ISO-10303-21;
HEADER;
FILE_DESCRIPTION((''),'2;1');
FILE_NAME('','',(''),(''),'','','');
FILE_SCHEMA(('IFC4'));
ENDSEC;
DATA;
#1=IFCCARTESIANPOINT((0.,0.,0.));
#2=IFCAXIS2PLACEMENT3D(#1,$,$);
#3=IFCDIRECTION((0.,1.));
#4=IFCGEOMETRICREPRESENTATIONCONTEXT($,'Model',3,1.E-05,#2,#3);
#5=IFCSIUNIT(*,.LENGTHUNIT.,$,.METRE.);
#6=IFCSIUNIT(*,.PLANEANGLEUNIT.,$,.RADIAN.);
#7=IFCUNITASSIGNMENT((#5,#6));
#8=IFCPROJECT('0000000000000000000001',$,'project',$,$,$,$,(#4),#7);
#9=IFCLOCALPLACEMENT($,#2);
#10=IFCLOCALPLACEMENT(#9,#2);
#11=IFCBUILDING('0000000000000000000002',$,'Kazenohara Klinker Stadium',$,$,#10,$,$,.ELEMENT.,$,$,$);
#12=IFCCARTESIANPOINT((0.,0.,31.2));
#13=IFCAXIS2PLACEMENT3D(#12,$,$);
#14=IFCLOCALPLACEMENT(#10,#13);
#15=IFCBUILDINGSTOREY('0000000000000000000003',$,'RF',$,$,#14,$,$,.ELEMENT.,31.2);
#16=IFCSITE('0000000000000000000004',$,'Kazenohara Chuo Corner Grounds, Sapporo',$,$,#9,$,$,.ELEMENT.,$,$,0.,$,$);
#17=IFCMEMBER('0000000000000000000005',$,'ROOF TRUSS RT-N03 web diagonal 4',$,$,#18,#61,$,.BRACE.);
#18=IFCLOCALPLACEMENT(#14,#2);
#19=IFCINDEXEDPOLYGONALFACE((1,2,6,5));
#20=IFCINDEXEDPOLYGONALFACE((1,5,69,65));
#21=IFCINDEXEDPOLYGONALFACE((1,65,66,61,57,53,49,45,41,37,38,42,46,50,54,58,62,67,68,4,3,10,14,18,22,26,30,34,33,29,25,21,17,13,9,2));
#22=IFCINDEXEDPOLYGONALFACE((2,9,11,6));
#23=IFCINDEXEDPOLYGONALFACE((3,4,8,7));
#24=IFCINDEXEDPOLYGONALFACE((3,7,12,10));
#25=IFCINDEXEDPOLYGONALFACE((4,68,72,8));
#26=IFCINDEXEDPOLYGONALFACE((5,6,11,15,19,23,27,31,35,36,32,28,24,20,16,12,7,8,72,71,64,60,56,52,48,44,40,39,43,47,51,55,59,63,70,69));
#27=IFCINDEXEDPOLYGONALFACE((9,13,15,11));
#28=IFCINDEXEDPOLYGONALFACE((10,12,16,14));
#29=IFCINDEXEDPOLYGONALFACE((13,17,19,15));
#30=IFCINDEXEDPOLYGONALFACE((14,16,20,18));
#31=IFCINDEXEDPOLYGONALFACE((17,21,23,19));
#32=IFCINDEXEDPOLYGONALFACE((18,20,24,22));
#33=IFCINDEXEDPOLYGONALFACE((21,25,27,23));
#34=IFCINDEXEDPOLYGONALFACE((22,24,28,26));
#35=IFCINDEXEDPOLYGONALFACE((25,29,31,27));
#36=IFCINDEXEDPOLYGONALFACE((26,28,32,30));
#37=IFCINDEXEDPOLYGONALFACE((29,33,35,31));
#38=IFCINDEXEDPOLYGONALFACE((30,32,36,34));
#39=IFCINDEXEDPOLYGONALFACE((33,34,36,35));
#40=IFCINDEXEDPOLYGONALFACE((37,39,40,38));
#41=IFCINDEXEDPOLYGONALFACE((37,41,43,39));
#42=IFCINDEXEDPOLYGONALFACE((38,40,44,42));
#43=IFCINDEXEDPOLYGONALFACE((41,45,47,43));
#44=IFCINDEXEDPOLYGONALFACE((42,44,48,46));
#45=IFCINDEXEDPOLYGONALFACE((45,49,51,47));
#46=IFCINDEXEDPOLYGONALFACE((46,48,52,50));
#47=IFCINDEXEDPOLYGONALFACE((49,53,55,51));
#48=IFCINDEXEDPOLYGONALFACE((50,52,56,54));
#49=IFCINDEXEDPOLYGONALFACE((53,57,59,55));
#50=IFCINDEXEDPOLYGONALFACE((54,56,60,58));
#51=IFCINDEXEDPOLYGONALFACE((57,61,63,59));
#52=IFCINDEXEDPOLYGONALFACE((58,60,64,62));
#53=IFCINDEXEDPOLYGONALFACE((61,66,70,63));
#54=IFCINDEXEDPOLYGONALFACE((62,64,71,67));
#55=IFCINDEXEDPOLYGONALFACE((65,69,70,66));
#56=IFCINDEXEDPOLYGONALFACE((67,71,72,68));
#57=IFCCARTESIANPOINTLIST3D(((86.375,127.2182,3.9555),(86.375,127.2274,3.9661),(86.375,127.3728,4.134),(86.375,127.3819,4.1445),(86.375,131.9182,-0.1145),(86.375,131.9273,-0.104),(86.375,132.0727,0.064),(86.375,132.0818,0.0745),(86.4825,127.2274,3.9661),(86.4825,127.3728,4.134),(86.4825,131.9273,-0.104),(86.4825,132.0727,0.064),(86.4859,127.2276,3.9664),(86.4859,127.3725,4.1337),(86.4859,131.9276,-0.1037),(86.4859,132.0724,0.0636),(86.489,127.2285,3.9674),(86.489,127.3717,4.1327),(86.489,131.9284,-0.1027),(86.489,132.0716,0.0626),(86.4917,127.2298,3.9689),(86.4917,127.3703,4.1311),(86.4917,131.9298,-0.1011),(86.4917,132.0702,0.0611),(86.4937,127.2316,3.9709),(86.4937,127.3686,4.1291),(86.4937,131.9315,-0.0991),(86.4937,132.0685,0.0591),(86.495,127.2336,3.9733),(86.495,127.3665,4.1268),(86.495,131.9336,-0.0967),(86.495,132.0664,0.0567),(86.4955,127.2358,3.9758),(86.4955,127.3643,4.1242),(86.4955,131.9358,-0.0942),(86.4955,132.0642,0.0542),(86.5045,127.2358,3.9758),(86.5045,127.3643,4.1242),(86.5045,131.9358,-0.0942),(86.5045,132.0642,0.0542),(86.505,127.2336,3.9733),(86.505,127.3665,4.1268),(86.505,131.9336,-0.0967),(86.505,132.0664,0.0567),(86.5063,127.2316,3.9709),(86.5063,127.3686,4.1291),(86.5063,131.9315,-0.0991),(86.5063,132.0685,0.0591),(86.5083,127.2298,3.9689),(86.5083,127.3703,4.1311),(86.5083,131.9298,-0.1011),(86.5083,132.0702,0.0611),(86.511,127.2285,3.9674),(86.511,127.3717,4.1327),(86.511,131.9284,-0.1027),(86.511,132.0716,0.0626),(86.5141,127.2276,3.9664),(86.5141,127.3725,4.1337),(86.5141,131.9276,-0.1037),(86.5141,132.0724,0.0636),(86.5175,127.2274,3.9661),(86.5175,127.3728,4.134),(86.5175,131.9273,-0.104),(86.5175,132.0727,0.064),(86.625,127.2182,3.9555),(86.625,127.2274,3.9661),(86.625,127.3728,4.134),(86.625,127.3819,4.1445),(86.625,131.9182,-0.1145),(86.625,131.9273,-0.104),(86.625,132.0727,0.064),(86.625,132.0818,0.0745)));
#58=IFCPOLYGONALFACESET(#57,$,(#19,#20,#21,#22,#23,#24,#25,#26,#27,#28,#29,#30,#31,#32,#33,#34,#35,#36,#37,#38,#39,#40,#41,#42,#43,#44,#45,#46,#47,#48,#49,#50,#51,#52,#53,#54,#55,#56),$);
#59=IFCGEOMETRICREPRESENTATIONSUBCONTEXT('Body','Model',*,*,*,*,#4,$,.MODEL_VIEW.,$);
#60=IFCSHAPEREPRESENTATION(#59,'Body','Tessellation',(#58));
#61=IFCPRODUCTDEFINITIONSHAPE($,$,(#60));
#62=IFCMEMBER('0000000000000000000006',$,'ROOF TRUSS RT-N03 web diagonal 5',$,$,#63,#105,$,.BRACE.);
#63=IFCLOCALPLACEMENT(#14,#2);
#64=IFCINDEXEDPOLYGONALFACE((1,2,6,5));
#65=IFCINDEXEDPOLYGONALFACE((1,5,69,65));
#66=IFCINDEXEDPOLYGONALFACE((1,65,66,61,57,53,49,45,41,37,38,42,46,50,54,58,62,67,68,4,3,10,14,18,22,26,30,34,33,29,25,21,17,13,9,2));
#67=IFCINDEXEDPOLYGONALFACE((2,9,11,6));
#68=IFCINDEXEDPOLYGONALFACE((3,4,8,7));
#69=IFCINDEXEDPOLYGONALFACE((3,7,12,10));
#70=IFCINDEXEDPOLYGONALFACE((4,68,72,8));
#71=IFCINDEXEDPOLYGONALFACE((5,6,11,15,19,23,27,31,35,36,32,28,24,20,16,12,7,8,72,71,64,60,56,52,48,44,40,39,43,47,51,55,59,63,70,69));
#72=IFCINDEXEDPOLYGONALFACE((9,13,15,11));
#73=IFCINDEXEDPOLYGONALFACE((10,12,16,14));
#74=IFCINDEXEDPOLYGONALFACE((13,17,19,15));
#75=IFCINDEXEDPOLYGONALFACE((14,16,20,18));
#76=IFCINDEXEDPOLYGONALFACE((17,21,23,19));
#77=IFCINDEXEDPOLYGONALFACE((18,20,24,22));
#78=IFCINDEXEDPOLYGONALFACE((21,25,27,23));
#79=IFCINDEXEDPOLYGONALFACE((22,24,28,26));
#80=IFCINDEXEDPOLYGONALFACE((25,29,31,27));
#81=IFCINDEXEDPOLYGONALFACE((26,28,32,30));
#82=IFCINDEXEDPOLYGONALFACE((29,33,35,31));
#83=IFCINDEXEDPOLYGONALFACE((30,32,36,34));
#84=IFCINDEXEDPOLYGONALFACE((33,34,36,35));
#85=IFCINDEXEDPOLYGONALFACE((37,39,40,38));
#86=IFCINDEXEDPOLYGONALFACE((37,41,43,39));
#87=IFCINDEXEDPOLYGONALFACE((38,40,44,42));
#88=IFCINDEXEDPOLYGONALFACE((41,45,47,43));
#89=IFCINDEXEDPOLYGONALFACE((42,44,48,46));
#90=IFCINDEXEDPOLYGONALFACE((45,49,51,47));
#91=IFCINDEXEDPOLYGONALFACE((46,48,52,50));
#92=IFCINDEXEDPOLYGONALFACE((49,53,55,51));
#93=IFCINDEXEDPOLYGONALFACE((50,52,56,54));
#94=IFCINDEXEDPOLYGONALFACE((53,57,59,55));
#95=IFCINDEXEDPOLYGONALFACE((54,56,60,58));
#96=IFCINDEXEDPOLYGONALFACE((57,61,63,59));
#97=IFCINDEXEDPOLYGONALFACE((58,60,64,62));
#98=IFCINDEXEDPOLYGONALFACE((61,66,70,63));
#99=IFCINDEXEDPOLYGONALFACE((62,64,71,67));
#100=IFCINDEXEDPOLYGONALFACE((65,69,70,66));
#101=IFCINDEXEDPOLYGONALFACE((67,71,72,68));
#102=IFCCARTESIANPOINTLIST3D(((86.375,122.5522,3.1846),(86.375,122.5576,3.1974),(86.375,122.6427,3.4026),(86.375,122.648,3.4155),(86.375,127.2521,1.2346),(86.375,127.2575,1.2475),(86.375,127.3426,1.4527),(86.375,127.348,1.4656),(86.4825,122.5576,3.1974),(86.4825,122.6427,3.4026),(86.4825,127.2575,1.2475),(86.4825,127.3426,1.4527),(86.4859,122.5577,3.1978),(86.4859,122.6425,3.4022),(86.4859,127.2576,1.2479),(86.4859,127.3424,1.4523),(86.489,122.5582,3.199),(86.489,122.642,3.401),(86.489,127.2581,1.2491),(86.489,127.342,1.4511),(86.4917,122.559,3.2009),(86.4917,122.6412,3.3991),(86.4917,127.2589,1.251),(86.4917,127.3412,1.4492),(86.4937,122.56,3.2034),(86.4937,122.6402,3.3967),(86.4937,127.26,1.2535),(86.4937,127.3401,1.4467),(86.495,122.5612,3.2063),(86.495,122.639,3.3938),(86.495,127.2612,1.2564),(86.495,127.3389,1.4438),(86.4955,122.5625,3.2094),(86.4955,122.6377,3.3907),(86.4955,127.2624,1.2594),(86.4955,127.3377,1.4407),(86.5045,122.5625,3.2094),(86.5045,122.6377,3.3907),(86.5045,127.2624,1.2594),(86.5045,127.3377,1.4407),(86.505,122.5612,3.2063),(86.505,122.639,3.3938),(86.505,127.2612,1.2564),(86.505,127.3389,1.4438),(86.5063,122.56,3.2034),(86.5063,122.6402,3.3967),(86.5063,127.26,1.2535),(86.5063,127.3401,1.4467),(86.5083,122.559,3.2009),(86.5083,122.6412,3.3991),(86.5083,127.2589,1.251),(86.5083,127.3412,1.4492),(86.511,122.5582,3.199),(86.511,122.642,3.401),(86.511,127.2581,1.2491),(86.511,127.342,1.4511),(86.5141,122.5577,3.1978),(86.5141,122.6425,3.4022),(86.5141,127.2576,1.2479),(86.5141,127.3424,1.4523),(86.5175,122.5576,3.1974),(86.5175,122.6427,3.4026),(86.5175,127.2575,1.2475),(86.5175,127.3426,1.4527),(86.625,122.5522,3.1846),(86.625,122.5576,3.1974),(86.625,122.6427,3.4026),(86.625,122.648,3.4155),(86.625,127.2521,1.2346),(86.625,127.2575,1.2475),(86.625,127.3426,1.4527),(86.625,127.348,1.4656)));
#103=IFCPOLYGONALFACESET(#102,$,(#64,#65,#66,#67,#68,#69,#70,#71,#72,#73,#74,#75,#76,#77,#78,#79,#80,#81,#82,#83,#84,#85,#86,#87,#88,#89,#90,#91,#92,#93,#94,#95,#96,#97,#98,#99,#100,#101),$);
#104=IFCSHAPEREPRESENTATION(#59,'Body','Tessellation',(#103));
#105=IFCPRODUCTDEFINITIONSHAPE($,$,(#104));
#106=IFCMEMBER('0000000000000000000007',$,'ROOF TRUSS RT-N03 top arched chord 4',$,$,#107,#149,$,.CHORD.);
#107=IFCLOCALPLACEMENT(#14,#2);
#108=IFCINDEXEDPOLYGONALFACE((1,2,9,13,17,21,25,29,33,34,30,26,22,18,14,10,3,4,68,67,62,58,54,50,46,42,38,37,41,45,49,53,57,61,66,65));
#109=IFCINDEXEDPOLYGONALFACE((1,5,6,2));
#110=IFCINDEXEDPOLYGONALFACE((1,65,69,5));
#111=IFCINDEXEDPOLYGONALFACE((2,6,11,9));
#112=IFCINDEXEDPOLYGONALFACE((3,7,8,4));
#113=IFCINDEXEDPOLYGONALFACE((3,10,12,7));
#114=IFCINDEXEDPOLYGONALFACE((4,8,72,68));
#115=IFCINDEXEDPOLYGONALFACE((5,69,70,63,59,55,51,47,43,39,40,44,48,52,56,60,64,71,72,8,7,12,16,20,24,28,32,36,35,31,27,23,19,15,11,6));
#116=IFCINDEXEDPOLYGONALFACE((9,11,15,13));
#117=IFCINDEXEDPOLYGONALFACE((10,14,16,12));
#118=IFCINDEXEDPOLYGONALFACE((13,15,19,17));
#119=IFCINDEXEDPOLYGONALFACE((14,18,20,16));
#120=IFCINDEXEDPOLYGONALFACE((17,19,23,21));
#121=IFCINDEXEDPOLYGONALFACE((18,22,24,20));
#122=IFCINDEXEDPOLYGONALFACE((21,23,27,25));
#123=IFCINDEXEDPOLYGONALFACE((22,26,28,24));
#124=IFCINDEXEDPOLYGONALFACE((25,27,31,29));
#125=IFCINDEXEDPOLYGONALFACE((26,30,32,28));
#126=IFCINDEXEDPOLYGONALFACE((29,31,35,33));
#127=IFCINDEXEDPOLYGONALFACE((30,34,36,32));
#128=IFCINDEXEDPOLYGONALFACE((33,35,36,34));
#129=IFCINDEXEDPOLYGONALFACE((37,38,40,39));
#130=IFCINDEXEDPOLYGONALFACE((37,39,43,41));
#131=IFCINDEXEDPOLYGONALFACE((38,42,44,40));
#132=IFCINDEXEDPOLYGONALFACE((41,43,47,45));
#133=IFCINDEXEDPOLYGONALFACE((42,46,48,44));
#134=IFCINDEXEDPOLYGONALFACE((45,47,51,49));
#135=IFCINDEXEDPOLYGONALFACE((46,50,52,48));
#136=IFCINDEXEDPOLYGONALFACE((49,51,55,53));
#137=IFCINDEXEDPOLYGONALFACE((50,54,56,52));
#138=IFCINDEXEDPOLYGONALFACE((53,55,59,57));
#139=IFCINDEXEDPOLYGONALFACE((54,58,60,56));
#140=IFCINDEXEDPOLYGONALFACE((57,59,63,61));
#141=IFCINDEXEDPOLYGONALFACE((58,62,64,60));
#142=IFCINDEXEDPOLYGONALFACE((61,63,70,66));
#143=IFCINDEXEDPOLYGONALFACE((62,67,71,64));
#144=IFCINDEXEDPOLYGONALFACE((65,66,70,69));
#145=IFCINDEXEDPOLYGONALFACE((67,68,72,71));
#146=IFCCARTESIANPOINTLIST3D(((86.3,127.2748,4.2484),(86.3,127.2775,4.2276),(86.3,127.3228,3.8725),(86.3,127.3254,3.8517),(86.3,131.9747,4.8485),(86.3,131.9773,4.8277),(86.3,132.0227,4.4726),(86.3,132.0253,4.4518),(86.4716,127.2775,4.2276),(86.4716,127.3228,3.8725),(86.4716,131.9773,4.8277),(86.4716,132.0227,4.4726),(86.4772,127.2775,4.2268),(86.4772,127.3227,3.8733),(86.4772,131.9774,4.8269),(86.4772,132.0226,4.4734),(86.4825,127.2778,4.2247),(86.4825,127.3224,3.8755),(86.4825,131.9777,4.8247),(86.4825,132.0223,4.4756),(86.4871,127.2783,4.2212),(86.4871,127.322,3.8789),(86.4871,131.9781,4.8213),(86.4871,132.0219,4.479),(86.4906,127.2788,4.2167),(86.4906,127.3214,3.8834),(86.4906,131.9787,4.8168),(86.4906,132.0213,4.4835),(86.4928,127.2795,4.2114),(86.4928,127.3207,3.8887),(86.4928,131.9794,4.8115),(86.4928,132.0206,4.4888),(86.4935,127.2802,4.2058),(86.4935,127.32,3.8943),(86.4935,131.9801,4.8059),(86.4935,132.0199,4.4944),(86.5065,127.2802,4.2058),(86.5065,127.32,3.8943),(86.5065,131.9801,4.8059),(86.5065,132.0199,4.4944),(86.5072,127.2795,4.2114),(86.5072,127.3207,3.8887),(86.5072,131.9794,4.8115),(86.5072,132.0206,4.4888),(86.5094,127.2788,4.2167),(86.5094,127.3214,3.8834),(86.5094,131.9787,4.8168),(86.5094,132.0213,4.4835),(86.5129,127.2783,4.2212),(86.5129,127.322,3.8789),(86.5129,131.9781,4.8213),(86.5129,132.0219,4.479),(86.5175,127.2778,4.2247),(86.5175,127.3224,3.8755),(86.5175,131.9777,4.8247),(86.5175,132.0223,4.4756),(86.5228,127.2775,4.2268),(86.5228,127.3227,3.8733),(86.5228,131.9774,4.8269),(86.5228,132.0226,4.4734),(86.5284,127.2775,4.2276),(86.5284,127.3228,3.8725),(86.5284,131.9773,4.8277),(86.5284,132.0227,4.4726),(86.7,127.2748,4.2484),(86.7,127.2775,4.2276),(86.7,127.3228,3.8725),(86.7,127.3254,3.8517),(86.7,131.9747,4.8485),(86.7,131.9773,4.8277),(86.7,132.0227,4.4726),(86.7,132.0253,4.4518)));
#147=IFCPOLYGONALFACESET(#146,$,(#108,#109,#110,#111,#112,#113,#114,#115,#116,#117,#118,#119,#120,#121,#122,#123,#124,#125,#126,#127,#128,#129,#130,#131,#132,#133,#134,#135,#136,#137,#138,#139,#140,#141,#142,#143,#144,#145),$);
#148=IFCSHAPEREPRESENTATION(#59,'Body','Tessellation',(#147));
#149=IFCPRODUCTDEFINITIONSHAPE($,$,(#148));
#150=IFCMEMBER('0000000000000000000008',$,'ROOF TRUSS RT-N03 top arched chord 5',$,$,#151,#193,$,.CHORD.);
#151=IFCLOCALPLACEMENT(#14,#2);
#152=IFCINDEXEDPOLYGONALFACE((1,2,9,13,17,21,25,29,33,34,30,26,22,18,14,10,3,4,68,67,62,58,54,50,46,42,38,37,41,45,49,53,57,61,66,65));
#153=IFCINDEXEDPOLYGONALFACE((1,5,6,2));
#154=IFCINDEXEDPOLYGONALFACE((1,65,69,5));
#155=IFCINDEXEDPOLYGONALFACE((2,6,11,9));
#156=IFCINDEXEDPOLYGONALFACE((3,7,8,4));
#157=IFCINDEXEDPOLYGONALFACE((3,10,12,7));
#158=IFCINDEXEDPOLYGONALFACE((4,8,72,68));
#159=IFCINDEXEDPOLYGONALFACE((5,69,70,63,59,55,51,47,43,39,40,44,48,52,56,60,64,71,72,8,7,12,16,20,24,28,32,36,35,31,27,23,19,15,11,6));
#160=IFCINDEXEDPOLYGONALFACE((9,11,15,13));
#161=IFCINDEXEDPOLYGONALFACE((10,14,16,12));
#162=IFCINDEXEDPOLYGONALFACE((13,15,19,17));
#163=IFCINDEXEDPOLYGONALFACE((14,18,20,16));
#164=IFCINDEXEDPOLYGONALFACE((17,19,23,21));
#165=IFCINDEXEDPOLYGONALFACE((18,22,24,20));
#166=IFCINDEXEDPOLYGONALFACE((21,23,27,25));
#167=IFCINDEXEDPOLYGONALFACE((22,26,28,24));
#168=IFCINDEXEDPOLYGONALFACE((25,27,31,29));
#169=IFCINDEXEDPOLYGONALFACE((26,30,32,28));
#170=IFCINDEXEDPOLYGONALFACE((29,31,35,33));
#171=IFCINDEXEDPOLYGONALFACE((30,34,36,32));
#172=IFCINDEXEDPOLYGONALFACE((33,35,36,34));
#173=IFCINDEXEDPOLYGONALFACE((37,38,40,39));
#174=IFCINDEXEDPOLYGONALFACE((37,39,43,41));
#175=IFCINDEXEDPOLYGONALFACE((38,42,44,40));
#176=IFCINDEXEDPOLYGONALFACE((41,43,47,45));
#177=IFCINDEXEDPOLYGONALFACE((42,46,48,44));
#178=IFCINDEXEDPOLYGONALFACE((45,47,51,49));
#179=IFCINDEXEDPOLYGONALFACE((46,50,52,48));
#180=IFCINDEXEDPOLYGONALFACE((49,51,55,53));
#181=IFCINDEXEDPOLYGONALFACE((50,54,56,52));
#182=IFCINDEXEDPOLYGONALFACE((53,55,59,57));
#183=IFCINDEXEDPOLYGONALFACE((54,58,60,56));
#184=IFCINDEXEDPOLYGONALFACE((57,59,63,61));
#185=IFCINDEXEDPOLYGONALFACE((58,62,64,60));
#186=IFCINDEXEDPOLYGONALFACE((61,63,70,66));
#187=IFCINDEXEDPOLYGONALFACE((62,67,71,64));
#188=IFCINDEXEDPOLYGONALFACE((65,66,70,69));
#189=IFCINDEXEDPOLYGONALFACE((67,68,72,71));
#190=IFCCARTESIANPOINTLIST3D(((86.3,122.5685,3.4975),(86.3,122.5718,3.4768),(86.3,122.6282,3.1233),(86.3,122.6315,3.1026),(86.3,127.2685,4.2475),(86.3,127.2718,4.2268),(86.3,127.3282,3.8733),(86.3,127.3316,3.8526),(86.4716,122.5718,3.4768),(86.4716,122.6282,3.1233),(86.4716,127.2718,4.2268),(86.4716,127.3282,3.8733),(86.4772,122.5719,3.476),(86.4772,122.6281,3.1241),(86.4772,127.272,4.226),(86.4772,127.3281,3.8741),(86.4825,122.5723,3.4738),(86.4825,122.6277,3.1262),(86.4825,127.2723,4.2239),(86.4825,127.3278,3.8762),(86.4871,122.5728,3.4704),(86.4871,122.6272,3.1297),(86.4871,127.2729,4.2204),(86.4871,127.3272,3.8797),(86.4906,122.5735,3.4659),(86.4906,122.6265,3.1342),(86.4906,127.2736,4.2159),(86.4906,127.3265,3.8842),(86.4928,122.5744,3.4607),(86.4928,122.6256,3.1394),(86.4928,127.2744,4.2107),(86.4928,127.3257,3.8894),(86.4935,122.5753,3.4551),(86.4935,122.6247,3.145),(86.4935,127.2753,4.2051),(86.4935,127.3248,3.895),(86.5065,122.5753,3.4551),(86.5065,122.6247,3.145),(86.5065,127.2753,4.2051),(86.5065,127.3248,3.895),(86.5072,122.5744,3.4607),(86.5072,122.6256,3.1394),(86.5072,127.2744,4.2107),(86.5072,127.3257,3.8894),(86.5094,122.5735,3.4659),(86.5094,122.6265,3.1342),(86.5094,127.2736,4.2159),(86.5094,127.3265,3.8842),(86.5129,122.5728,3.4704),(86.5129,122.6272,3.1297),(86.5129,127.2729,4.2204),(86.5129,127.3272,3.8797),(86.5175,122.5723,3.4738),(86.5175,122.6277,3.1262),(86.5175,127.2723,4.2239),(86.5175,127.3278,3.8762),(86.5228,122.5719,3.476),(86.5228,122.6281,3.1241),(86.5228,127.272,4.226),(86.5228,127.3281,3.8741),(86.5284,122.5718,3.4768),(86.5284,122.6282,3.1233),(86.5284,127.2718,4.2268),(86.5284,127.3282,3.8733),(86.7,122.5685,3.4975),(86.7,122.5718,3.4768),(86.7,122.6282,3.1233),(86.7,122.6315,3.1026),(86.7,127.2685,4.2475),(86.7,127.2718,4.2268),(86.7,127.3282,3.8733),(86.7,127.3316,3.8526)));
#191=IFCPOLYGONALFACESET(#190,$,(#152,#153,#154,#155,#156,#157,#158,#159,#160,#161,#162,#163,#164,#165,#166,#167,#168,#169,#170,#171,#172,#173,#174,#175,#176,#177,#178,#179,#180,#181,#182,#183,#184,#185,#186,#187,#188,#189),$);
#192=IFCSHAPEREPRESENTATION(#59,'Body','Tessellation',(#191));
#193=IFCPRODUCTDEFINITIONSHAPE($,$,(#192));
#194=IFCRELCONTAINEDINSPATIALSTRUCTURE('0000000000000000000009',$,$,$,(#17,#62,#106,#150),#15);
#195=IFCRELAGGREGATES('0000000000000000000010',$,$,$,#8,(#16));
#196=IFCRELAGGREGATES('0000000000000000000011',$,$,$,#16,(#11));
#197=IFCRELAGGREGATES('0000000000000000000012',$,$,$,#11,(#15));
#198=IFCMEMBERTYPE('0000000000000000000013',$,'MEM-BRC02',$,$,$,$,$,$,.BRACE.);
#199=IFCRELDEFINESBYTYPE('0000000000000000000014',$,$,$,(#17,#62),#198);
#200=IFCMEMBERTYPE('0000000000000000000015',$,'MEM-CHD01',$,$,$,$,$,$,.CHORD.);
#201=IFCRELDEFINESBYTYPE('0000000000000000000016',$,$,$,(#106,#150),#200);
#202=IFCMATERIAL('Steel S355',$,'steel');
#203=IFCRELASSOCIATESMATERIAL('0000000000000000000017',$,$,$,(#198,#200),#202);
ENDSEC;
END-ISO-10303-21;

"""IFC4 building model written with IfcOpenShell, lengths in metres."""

from ifc_helpers import new_model, si_unit, direction, frame, origin, origin_2d, place, context, subcontext, project, spatial, i_section, extrude, material, material_profile, profile_set, type_object, element, save


model = new_model("IFC4")

# Units and contexts
model_context = context("Model", 3, precision=1e-05, world=origin(), true_north=direction((0.0, 1.0)))
body_context = subcontext(model_context, "Body", "Model", "MODEL_VIEW")
ifc_project = project(units=[si_unit("LENGTHUNIT", "METRE"), si_unit("PLANEANGLEUNIT", "RADIAN")], contexts=[model_context])

# Site, building, storey
site_placement = place(None, origin())
site = spatial("IfcSite", under=ifc_project, at=site_placement, Name="Kazenohara Chuo Corner Grounds, Sapporo", CompositionType="ELEMENT", RefElevation=0.0)
building_placement = place(site_placement, origin())
building = spatial("IfcBuilding", under=site, at=building_placement, Name="Kazenohara Klinker Stadium", CompositionType="ELEMENT")
storey_placement = place(building_placement, frame((0.0, 0.0, 31.2)))
storey = spatial("IfcBuildingStorey", under=building, at=storey_placement, Name="RF", CompositionType="ELEMENT", Elevation=31.2)

# Members
ifc_material_1 = material(Name="Steel S355", Category="steel")
ifc_material_profile_1 = material_profile(ifc_material_1, i_section(OverallWidth=0.25, OverallDepth=0.25, WebThickness=0.009, FlangeThickness=0.0139, FilletRadius=0.0129, at=origin_2d()), Name="H-250x250x9x14")
ifc_profile_set_1 = profile_set([ifc_material_profile_1], Name="Steel S355")
member_type_1 = type_object("IfcMemberType", Name="MEM-BRC02", PredefinedType="BRACE", material=ifc_profile_set_1)
member_1_placement = place(storey_placement, frame((86.5, 132.0, -0.02), z_axis=(0.0, -0.755946, 0.654634), x_axis=(1.0, 0.0, 0.0)))
element("IfcMember", 1, at=member_1_placement, inside=storey, type_object=member_type_1, Name="ROOF TRUSS RT-N03 web diagonal 4", PredefinedType="BRACE", context=body_context, shape_type="SweptSolid", body=[
    extrude(i_section(OverallWidth=0.25, OverallDepth=0.25, WebThickness=0.009, FlangeThickness=0.0139, FilletRadius=0.0129, at=origin_2d()), origin(), (0.0, 0.0, 1.0), 6.2173),
])
member_2_placement = place(storey_placement, frame((86.5, 127.3, 1.3501), z_axis=(0.0, -0.923659, 0.383215), x_axis=(1.0, 0.0, 0.0)))
element("IfcMember", 2, at=member_2_placement, inside=storey, type_object=member_type_1, Name="ROOF TRUSS RT-N03 web diagonal 5", PredefinedType="BRACE", context=body_context, shape_type="SweptSolid", body=[
    extrude(i_section(OverallWidth=0.25, OverallDepth=0.25, WebThickness=0.009, FlangeThickness=0.0139, FilletRadius=0.0129, at=origin_2d()), origin(), (0.0, 0.0, 1.0), 5.0884),
])
ifc_material_profile_2 = material_profile(ifc_material_1, i_section(OverallWidth=0.3999, OverallDepth=0.3999, WebThickness=0.0129, FlangeThickness=0.021, FilletRadius=0.022, at=origin_2d()), Name="H-400x400x13x21")
ifc_profile_set_2 = profile_set([ifc_material_profile_2], Name="Steel S355")
member_type_2 = type_object("IfcMemberType", Name="MEM-CHD01", PredefinedType="CHORD", material=ifc_profile_set_2)
member_3_placement = place(storey_placement, frame((86.5, 132.0, 4.6501), z_axis=(0.0, -0.991947, -0.126653), x_axis=(1.0, 0.0, 0.0)))
element("IfcMember", 3, at=member_3_placement, inside=storey, type_object=member_type_2, Name="ROOF TRUSS RT-N03 top arched chord 4", PredefinedType="CHORD", context=body_context, shape_type="SweptSolid", body=[
    extrude(i_section(OverallWidth=0.3999, OverallDepth=0.3999, WebThickness=0.0129, FlangeThickness=0.021, FilletRadius=0.022, at=origin_2d()), origin(), (0.0, 0.0, 1.0), 4.738),
])
member_4_placement = place(storey_placement, frame((86.5, 127.3, 4.05), z_axis=(0.0, -0.987506, -0.157582), x_axis=(1.0, 0.0, 0.0)))
element("IfcMember", 4, at=member_4_placement, inside=storey, type_object=member_type_2, Name="ROOF TRUSS RT-N03 top arched chord 5", PredefinedType="CHORD", context=body_context, shape_type="SweptSolid", body=[
    extrude(i_section(OverallWidth=0.3999, OverallDepth=0.3999, WebThickness=0.0129, FlangeThickness=0.021, FilletRadius=0.022, at=origin_2d()), origin(), (0.0, 0.0, 1.0), 4.7595),
])

save(model, "model.ifc")
